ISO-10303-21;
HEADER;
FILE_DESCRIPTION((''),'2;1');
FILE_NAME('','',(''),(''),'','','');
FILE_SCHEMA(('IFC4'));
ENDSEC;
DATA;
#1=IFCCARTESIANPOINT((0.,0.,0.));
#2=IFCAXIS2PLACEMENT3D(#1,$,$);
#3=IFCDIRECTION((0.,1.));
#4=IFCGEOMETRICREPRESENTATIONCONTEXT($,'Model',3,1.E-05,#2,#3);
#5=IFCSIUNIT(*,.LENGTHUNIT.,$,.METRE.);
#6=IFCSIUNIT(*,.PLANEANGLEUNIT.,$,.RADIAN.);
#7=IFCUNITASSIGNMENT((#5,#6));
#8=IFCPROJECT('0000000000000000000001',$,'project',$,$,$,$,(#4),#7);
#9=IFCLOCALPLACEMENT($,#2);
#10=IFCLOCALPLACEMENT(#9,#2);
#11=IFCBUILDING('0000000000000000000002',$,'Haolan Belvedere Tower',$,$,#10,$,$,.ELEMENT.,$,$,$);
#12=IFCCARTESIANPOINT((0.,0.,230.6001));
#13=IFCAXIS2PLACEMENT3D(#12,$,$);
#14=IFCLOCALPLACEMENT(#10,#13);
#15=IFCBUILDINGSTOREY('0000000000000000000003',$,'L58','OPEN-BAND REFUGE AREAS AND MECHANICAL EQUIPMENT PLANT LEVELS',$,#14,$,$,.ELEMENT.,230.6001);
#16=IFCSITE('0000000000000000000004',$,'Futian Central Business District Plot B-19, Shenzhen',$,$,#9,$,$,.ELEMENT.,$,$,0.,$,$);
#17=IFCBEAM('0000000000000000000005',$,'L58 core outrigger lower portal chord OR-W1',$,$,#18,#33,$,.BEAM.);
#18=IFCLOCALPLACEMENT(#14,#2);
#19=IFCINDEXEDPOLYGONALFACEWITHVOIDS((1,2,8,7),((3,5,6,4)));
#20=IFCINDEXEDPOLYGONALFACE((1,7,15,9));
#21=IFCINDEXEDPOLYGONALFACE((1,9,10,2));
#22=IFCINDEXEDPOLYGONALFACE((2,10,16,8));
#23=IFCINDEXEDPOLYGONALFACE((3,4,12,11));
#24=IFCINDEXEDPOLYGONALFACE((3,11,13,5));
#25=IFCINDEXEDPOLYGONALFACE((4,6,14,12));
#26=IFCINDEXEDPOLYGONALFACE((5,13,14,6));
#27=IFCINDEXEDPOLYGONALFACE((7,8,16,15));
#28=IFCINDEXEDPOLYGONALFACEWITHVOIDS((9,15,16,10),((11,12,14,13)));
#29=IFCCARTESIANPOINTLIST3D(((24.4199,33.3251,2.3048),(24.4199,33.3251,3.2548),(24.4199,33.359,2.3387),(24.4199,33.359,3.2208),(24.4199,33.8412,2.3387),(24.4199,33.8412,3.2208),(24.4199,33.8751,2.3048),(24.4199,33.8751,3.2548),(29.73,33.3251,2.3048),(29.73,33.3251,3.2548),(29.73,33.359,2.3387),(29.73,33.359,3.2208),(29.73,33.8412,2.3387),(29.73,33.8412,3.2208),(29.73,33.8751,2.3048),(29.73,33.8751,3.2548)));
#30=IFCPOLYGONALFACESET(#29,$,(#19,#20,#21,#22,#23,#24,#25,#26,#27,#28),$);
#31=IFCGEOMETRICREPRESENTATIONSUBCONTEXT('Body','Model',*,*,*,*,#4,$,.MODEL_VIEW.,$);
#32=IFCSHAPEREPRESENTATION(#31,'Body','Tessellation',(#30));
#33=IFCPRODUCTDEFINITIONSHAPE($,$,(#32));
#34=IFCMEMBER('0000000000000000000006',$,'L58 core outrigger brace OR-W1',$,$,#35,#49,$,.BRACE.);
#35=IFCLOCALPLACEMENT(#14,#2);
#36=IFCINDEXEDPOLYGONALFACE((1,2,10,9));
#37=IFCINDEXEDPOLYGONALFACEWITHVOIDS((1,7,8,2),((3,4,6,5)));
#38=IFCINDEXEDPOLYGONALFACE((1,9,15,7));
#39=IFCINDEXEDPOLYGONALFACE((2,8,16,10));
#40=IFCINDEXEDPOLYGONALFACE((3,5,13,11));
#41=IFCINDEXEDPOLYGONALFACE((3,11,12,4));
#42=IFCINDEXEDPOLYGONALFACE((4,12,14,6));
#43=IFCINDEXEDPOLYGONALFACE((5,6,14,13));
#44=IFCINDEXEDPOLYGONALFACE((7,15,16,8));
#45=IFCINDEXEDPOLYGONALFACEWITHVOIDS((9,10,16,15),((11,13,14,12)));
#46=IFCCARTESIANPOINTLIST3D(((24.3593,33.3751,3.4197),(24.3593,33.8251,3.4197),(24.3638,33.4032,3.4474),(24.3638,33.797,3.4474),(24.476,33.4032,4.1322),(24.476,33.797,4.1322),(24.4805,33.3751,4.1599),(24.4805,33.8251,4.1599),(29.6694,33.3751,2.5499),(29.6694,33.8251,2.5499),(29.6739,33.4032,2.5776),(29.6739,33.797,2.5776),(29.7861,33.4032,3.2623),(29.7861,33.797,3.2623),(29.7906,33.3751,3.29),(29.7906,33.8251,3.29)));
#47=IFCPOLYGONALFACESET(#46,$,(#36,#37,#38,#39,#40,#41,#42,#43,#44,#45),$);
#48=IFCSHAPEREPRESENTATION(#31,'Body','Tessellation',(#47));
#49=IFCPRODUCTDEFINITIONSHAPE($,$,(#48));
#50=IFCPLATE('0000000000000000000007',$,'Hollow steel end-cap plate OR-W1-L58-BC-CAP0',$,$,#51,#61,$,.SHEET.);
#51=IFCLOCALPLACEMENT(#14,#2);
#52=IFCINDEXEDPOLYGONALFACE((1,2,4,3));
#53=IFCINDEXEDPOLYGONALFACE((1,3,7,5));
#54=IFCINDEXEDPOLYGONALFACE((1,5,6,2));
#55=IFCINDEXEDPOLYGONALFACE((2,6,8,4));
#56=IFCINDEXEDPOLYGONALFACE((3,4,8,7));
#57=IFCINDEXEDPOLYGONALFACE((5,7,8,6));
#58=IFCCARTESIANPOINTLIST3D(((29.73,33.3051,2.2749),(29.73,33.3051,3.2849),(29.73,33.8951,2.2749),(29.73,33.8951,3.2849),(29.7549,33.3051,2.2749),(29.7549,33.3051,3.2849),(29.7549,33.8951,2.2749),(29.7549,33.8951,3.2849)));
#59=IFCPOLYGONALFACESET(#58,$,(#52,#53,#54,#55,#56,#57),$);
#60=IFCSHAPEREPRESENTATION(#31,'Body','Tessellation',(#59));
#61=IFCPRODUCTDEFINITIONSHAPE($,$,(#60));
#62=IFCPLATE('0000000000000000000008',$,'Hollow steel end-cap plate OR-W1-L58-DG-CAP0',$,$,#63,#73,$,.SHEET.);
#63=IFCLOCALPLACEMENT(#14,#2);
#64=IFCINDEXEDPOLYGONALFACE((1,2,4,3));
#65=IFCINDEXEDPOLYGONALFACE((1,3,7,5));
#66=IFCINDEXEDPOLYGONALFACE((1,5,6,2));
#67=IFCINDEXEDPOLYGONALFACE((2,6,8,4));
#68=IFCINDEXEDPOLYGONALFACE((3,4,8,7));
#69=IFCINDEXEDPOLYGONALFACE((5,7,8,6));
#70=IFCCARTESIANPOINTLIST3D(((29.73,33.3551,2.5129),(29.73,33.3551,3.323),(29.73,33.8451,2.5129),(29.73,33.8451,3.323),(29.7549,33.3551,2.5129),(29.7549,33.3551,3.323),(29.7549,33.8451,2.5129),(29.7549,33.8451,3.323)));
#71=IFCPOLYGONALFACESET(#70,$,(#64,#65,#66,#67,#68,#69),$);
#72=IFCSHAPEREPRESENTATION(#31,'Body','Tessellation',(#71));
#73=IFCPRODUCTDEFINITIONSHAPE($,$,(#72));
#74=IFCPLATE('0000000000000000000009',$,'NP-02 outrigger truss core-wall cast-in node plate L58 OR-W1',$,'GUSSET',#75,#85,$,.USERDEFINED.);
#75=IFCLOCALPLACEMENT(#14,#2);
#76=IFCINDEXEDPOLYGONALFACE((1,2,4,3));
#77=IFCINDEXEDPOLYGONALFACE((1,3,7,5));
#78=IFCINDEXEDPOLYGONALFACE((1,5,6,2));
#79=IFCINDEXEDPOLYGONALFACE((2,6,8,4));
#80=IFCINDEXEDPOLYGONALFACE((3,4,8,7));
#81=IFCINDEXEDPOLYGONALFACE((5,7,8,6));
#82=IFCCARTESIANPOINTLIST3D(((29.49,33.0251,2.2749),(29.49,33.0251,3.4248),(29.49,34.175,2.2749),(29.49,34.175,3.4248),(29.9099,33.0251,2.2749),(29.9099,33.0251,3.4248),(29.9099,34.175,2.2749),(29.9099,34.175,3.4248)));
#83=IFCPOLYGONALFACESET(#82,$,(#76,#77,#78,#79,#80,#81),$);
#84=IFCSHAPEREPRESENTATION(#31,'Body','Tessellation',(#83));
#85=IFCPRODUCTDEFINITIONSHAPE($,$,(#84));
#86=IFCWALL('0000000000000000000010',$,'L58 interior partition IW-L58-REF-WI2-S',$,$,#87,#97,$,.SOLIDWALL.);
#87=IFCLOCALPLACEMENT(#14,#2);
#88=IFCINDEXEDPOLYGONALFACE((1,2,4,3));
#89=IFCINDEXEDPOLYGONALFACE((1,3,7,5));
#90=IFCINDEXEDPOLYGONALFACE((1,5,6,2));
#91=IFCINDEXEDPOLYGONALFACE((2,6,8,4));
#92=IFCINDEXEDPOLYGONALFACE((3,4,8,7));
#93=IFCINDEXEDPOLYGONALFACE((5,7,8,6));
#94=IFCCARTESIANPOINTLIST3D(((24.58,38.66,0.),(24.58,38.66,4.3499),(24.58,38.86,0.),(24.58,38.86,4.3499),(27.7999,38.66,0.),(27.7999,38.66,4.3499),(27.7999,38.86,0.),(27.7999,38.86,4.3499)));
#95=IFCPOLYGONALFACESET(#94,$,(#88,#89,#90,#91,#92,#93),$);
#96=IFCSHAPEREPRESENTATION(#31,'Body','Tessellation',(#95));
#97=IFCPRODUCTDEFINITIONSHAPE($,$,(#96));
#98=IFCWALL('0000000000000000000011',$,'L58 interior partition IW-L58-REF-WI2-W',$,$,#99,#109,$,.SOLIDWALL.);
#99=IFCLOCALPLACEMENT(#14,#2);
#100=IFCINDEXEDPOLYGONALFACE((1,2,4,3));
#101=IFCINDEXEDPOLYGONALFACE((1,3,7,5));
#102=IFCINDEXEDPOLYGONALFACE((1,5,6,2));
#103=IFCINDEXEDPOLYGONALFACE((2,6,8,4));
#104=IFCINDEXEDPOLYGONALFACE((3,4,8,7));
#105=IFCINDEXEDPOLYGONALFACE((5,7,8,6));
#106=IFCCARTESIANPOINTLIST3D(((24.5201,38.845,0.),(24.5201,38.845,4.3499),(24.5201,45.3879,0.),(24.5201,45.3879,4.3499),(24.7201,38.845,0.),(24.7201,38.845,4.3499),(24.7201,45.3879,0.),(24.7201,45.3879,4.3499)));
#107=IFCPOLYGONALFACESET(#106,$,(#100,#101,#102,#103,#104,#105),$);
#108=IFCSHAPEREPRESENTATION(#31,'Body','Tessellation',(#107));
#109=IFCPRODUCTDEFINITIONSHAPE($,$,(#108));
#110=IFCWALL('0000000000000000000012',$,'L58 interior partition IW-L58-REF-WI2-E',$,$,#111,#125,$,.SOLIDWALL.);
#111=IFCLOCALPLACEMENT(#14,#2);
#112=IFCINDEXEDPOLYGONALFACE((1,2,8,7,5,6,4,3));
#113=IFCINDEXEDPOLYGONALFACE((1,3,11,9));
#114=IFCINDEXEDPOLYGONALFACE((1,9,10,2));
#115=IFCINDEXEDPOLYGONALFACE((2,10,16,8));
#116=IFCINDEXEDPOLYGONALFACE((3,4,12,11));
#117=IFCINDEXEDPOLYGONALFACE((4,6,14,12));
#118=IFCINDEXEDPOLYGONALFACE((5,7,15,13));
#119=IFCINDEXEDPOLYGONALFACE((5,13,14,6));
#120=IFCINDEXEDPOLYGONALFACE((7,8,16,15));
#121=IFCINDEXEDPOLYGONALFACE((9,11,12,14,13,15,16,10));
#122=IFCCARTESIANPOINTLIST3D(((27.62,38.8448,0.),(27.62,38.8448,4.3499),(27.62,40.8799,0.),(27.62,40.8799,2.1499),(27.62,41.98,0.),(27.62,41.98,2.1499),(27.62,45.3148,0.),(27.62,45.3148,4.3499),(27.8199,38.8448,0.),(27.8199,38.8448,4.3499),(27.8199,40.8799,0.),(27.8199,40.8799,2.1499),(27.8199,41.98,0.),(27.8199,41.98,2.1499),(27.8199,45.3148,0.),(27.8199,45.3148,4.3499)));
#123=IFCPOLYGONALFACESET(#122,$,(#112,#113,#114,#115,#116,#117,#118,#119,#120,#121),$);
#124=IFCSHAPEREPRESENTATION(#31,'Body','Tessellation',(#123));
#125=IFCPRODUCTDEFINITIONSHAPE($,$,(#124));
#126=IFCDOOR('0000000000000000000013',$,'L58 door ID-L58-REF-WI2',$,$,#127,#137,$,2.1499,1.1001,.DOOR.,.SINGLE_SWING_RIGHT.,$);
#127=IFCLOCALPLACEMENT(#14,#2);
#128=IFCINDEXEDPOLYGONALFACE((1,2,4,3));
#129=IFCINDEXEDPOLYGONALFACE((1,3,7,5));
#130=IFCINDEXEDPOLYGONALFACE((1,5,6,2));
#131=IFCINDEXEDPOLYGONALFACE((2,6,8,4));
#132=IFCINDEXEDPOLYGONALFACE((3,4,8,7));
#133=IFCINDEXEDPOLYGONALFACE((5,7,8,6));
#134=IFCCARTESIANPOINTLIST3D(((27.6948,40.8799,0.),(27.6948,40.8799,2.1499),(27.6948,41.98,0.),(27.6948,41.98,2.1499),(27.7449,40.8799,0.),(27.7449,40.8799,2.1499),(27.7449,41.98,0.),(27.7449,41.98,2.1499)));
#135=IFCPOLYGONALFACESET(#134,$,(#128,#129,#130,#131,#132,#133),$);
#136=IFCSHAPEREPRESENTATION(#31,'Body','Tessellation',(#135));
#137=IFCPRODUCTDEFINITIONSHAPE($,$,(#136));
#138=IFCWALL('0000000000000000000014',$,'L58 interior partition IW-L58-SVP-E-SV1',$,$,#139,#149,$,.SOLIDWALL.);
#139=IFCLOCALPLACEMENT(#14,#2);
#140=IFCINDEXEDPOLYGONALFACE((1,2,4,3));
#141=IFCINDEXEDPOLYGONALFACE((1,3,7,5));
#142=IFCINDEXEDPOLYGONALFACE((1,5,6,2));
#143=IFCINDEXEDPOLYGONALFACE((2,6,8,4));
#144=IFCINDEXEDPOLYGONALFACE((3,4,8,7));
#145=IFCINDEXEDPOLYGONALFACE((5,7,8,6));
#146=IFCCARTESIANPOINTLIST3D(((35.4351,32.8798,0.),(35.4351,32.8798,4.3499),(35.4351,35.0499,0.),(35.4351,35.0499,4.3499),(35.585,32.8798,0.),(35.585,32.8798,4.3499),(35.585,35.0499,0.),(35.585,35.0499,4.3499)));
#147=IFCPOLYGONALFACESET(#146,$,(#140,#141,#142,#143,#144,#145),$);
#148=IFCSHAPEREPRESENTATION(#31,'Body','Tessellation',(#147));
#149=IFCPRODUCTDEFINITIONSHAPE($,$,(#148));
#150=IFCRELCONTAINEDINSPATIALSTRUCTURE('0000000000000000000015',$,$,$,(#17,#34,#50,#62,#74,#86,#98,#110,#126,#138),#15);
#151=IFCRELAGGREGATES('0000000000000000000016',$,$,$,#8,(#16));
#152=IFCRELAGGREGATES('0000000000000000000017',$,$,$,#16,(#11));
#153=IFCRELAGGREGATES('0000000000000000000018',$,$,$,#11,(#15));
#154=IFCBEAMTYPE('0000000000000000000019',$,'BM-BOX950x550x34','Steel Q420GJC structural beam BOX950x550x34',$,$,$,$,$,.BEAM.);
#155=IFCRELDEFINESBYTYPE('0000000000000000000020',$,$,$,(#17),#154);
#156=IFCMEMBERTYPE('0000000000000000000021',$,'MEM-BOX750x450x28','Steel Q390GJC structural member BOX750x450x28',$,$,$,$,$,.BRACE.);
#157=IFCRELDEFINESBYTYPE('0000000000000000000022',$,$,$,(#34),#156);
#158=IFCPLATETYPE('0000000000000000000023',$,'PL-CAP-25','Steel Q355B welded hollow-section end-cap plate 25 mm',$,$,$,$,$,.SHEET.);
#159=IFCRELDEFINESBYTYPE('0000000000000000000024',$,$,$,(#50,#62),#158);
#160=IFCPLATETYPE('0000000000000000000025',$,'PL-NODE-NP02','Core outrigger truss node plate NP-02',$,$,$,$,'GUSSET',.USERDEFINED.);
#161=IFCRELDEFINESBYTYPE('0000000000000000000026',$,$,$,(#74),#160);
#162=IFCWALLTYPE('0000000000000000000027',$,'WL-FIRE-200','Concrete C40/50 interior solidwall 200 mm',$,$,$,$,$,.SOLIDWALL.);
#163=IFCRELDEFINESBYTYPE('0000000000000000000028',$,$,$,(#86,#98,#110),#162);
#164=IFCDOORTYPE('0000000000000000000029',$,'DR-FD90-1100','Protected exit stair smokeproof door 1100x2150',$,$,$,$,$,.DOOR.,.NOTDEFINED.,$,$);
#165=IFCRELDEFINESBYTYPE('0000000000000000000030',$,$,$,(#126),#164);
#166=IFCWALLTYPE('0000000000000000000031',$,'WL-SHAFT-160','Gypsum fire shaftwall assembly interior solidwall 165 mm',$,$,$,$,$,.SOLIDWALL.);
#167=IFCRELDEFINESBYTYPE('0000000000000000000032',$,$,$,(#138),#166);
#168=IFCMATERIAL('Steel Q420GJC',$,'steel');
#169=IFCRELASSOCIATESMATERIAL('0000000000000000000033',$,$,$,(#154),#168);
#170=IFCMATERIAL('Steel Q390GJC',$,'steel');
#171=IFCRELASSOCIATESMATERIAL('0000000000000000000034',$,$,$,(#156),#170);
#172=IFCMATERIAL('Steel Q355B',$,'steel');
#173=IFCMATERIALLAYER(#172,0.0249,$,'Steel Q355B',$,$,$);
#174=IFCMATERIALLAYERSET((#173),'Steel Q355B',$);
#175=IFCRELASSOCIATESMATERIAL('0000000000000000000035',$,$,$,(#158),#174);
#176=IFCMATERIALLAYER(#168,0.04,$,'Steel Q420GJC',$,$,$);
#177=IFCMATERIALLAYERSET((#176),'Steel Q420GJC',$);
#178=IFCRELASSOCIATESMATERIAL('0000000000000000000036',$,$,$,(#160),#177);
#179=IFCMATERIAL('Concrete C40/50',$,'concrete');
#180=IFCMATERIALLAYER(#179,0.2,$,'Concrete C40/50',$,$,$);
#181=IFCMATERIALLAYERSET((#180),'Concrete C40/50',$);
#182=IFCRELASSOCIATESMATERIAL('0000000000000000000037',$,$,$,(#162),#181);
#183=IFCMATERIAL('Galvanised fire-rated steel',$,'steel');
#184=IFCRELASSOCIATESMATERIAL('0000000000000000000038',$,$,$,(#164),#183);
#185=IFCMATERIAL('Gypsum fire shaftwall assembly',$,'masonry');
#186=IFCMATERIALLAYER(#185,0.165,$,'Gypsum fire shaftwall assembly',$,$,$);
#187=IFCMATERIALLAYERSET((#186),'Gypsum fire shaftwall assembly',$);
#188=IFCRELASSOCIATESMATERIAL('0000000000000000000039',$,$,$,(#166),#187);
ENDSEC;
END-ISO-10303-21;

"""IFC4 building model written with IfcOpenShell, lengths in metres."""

from ifc_helpers import new_model, si_unit, direction, frame, frame_2d, origin, origin_2d, place, context, subcontext, project, spatial, rectangle, hollow_rectangle, extrude, material, layer, layer_set, material_profile, profile_set, type_object, element, fill, save


model = new_model("IFC4")

# Units and contexts
model_context = context("Model", 3, precision=1e-05, world=origin(), true_north=direction((0.0, 1.0)))
body_context = subcontext(model_context, "Body", "Model", "MODEL_VIEW")
ifc_project = project(units=[si_unit("LENGTHUNIT", "METRE"), si_unit("PLANEANGLEUNIT", "RADIAN")], contexts=[model_context])

# Site, building, storey
site_placement = place(None, origin())
site = spatial("IfcSite", under=ifc_project, at=site_placement, Name="Futian Central Business District Plot B-19, Shenzhen", CompositionType="ELEMENT", RefElevation=0.0)
building_placement = place(site_placement, origin())
building = spatial("IfcBuilding", under=site, at=building_placement, Name="Haolan Belvedere Tower", CompositionType="ELEMENT")
storey_placement = place(building_placement, frame((0.0, 0.0, 230.6001)))
storey = spatial("IfcBuildingStorey", under=building, at=storey_placement, Name="L58", Description="OPEN-BAND REFUGE AREAS AND MECHANICAL EQUIPMENT PLANT LEVELS", CompositionType="ELEMENT", Elevation=230.6001)

# Beam
ifc_material_1 = material(Name="Steel Q420GJC", Category="steel")
ifc_material_profile_1 = material_profile(ifc_material_1, hollow_rectangle(XDim=0.55, YDim=0.95, WallThickness=0.0339, at=origin_2d()), Name="Steel Q420GJC")
ifc_profile_set_1 = profile_set([ifc_material_profile_1], Name="Steel Q420GJC")
beam_type = type_object("IfcBeamType", Name="BM-BOX950x550x34", Description="Steel Q420GJC structural beam BOX950x550x34", PredefinedType="BEAM", material=ifc_profile_set_1)
beam_placement = place(storey_placement, frame((29.73, 33.6001, 2.7798), z_axis=(-1.0, 0.0, 0.0), x_axis=(0.0, -1.0, 0.0)))
element("IfcBeam", 1, at=beam_placement, inside=storey, type_object=beam_type, Name="L58 core outrigger lower portal chord OR-W1", PredefinedType="BEAM", context=body_context, shape_type="SweptSolid", body=[
    extrude(hollow_rectangle(XDim=0.55, YDim=0.95, WallThickness=0.0339, at=origin_2d()), origin(), (0.0, 0.0, 1.0), 5.3101),
])

# Member
ifc_material_2 = material(Name="Steel Q390GJC", Category="steel")
ifc_material_profile_2 = material_profile(ifc_material_2, hollow_rectangle(XDim=0.45, YDim=0.75, WallThickness=0.0281, at=origin_2d()), Name="Steel Q390GJC")
ifc_profile_set_2 = profile_set([ifc_material_profile_2], Name="Steel Q390GJC")
member_type = type_object("IfcMemberType", Name="MEM-BOX750x450x28", Description="Steel Q390GJC structural member BOX750x450x28", PredefinedType="BRACE", material=ifc_profile_set_2)
member_placement = place(storey_placement, frame((29.73, 33.6001, 2.9199), z_axis=(-0.986846, 0.0, 0.161661), x_axis=(0.0, -1.0, 0.0)))
element("IfcMember", 2, at=member_placement, inside=storey, type_object=member_type, Name="L58 core outrigger brace OR-W1", PredefinedType="BRACE", context=body_context, shape_type="SweptSolid", body=[
    extrude(hollow_rectangle(XDim=0.45, YDim=0.75, WallThickness=0.0281, at=origin_2d()), origin(), (0.0, 0.0, 1.0), 5.3809),
])

# Plates
ifc_material_3 = material(Name="Steel Q355B", Category="steel")
ifc_layer_1 = layer(ifc_material_3, 0.0249, Name="Steel Q355B")
ifc_layer_set_1 = layer_set([ifc_layer_1], Name="Steel Q355B")
plate_type_1 = type_object("IfcPlateType", Name="PL-CAP-25", Description="Steel Q355B welded hollow-section end-cap plate 25 mm", PredefinedType="SHEET", material=ifc_layer_set_1)
plate_1_placement = place(storey_placement, frame((29.7424, 33.6001, 2.2749), z_axis=(0.0, 0.0, 1.0), x_axis=(0.0, 1.0, 0.0)))
element("IfcPlate", 3, at=plate_1_placement, inside=storey, type_object=plate_type_1, Name="Hollow steel end-cap plate OR-W1-L58-BC-CAP0", PredefinedType="SHEET", context=body_context, shape_type="SweptSolid", body=[
    extrude(rectangle(XDim=0.5901, YDim=0.0249, at=origin_2d()), origin(), (0.0, 0.0, 1.0), 1.01),
])
plate_2_placement = place(storey_placement, frame((29.7424, 33.6001, 2.5129), z_axis=(0.0, 0.0, 1.0), x_axis=(0.0, 1.0, 0.0)))
element("IfcPlate", 4, at=plate_2_placement, inside=storey, type_object=plate_type_1, Name="Hollow steel end-cap plate OR-W1-L58-DG-CAP0", PredefinedType="SHEET", context=body_context, shape_type="SweptSolid", body=[
    extrude(rectangle(XDim=0.49, YDim=0.0249, at=origin_2d()), origin(), (0.0, 0.0, 1.0), 0.8101),
])
ifc_layer_2 = layer(ifc_material_1, 0.04, Name="Steel Q420GJC")
ifc_layer_set_2 = layer_set([ifc_layer_2], Name="Steel Q420GJC")
plate_type_2 = type_object("IfcPlateType", Name="PL-NODE-NP02", Description="Core outrigger truss node plate NP-02", ElementType="GUSSET", PredefinedType="USERDEFINED", material=ifc_layer_set_2)
plate_3_placement = place(storey_placement, frame((29.7, 33.6001, 2.2749), z_axis=(0.0, 0.0, 1.0), x_axis=(1.0, 0.0, 0.0)))
element("IfcPlate", 5, at=plate_3_placement, inside=storey, type_object=plate_type_2, Name="NP-02 outrigger truss core-wall cast-in node plate L58 OR-W1", ObjectType="GUSSET", PredefinedType="USERDEFINED", context=body_context, shape_type="SweptSolid", body=[
    extrude(rectangle(XDim=0.4199, YDim=1.1499, at=origin_2d()), origin(), (0.0, 0.0, 1.0), 1.1499),
])

# Walls
ifc_material_4 = material(Name="Concrete C40/50", Category="concrete")
ifc_layer_3 = layer(ifc_material_4, 0.2, Name="Concrete C40/50")
ifc_layer_set_3 = layer_set([ifc_layer_3], Name="Concrete C40/50")
wall_type_1 = type_object("IfcWallType", Name="WL-FIRE-200", Description="Concrete C40/50 interior solidwall 200 mm", PredefinedType="SOLIDWALL", material=ifc_layer_set_3)
wall_1_placement = place(storey_placement, frame((24.5801, 38.76, 0.0), z_axis=(0.0, 0.0, 1.0), x_axis=(1.0, 0.0, 0.0)))
element("IfcWall", 6, at=wall_1_placement, inside=storey, type_object=wall_type_1, Name="L58 interior partition IW-L58-REF-WI2-S", PredefinedType="SOLIDWALL", context=body_context, shape_type="SweptSolid", body=[
    extrude(rectangle(XDim=3.22, YDim=0.2, at=frame_2d((1.6099, 0.0))), origin(), (0.0, 0.0, 1.0), 4.3499),
])
wall_2_placement = place(storey_placement, frame((24.6201, 38.845, 0.0), z_axis=(0.0, 0.0, 1.0), x_axis=(0.0, 1.0, 0.0)))
element("IfcWall", 7, at=wall_2_placement, inside=storey, type_object=wall_type_1, Name="L58 interior partition IW-L58-REF-WI2-W", PredefinedType="SOLIDWALL", context=body_context, shape_type="SweptSolid", body=[
    extrude(rectangle(XDim=6.543, YDim=0.2, at=frame_2d((3.2715, 0.0))), origin(), (0.0, 0.0, 1.0), 4.3499),
])

# Wall, opening, door
wall_3_placement = place(storey_placement, frame((27.72, 38.845, 0.0), z_axis=(0.0, 0.0, 1.0), x_axis=(0.0, 1.0, 0.0)))
wall_3 = element("IfcWall", 8, at=wall_3_placement, inside=storey, type_object=wall_type_1, Name="L58 interior partition IW-L58-REF-WI2-E", PredefinedType="SOLIDWALL", context=body_context, shape_type="SweptSolid", body=[
    extrude(rectangle(XDim=6.47, YDim=0.2, at=frame_2d((3.2349, 0.0))), origin(), (0.0, 0.0, 1.0), 4.3499),
])
opening_1_placement = place(wall_3_placement, frame((3.135, 0.0, 0.0), z_axis=(0.0, 0.0, 1.0), x_axis=(-1.0, 0.0, 0.0)))
opening_1 = element("IfcOpeningElement", 9, at=opening_1_placement, cuts=wall_3, PredefinedType="OPENING", context=body_context, shape_type="SweptSolid", body=[
    extrude(rectangle(XDim=1.1001, YDim=2.1499, at=frame_2d((0.55, 1.075))), frame((0.0, 0.1099, 0.0), z_axis=(0.0, -1.0, 0.0), x_axis=(1.0, 0.0, 0.0)), (0.0, 0.0, 1.0), 0.22),
])
ifc_material_5 = material(Name="Galvanised fire-rated steel", Category="steel")
door_type_1 = type_object("IfcDoorType", Name="DR-FD90-1100", Description="Protected exit stair smokeproof door 1100x2150", OperationType="NOTDEFINED", PredefinedType="DOOR", material=ifc_material_5)
door_1_placement = place(opening_1_placement, origin())
door_1 = element("IfcDoor", 10, at=door_1_placement, inside=storey, type_object=door_type_1, Name="L58 door ID-L58-REF-WI2", OperationType="SINGLE_SWING_RIGHT", OverallHeight=2.1499, OverallWidth=1.1001, PredefinedType="DOOR", context=body_context, shape_type="SweptSolid", body=[
    extrude(rectangle(XDim=1.1001, YDim=2.1499, at=frame_2d((0.55, 1.075))), frame((0.0, 0.0249, 0.0), z_axis=(0.0, -1.0, 0.0), x_axis=(1.0, 0.0, 0.0)), (0.0, 0.0, 1.0), 0.05),
])
fill(opening_1, door_1)

# Wall
ifc_material_6 = material(Name="Gypsum fire shaftwall assembly", Category="masonry")
ifc_layer_4 = layer(ifc_material_6, 0.165, Name="Gypsum fire shaftwall assembly")
ifc_layer_set_4 = layer_set([ifc_layer_4], Name="Gypsum fire shaftwall assembly")
wall_type_2 = type_object("IfcWallType", Name="WL-SHAFT-160", Description="Gypsum fire shaftwall assembly interior solidwall 165 mm", PredefinedType="SOLIDWALL", material=ifc_layer_set_4)
wall_4_placement = place(storey_placement, frame((35.51, 32.8799, 0.0), z_axis=(0.0, 0.0, 1.0), x_axis=(0.0, 1.0, 0.0)))
element("IfcWall", 11, at=wall_4_placement, inside=storey, type_object=wall_type_2, Name="L58 interior partition IW-L58-SVP-E-SV1", PredefinedType="SOLIDWALL", context=body_context, shape_type="SweptSolid", body=[
    extrude(rectangle(XDim=2.1702, YDim=0.1499, at=frame_2d((1.085, 0.0))), origin(), (0.0, 0.0, 1.0), 4.3499),
])

save(model, "model.ifc")
